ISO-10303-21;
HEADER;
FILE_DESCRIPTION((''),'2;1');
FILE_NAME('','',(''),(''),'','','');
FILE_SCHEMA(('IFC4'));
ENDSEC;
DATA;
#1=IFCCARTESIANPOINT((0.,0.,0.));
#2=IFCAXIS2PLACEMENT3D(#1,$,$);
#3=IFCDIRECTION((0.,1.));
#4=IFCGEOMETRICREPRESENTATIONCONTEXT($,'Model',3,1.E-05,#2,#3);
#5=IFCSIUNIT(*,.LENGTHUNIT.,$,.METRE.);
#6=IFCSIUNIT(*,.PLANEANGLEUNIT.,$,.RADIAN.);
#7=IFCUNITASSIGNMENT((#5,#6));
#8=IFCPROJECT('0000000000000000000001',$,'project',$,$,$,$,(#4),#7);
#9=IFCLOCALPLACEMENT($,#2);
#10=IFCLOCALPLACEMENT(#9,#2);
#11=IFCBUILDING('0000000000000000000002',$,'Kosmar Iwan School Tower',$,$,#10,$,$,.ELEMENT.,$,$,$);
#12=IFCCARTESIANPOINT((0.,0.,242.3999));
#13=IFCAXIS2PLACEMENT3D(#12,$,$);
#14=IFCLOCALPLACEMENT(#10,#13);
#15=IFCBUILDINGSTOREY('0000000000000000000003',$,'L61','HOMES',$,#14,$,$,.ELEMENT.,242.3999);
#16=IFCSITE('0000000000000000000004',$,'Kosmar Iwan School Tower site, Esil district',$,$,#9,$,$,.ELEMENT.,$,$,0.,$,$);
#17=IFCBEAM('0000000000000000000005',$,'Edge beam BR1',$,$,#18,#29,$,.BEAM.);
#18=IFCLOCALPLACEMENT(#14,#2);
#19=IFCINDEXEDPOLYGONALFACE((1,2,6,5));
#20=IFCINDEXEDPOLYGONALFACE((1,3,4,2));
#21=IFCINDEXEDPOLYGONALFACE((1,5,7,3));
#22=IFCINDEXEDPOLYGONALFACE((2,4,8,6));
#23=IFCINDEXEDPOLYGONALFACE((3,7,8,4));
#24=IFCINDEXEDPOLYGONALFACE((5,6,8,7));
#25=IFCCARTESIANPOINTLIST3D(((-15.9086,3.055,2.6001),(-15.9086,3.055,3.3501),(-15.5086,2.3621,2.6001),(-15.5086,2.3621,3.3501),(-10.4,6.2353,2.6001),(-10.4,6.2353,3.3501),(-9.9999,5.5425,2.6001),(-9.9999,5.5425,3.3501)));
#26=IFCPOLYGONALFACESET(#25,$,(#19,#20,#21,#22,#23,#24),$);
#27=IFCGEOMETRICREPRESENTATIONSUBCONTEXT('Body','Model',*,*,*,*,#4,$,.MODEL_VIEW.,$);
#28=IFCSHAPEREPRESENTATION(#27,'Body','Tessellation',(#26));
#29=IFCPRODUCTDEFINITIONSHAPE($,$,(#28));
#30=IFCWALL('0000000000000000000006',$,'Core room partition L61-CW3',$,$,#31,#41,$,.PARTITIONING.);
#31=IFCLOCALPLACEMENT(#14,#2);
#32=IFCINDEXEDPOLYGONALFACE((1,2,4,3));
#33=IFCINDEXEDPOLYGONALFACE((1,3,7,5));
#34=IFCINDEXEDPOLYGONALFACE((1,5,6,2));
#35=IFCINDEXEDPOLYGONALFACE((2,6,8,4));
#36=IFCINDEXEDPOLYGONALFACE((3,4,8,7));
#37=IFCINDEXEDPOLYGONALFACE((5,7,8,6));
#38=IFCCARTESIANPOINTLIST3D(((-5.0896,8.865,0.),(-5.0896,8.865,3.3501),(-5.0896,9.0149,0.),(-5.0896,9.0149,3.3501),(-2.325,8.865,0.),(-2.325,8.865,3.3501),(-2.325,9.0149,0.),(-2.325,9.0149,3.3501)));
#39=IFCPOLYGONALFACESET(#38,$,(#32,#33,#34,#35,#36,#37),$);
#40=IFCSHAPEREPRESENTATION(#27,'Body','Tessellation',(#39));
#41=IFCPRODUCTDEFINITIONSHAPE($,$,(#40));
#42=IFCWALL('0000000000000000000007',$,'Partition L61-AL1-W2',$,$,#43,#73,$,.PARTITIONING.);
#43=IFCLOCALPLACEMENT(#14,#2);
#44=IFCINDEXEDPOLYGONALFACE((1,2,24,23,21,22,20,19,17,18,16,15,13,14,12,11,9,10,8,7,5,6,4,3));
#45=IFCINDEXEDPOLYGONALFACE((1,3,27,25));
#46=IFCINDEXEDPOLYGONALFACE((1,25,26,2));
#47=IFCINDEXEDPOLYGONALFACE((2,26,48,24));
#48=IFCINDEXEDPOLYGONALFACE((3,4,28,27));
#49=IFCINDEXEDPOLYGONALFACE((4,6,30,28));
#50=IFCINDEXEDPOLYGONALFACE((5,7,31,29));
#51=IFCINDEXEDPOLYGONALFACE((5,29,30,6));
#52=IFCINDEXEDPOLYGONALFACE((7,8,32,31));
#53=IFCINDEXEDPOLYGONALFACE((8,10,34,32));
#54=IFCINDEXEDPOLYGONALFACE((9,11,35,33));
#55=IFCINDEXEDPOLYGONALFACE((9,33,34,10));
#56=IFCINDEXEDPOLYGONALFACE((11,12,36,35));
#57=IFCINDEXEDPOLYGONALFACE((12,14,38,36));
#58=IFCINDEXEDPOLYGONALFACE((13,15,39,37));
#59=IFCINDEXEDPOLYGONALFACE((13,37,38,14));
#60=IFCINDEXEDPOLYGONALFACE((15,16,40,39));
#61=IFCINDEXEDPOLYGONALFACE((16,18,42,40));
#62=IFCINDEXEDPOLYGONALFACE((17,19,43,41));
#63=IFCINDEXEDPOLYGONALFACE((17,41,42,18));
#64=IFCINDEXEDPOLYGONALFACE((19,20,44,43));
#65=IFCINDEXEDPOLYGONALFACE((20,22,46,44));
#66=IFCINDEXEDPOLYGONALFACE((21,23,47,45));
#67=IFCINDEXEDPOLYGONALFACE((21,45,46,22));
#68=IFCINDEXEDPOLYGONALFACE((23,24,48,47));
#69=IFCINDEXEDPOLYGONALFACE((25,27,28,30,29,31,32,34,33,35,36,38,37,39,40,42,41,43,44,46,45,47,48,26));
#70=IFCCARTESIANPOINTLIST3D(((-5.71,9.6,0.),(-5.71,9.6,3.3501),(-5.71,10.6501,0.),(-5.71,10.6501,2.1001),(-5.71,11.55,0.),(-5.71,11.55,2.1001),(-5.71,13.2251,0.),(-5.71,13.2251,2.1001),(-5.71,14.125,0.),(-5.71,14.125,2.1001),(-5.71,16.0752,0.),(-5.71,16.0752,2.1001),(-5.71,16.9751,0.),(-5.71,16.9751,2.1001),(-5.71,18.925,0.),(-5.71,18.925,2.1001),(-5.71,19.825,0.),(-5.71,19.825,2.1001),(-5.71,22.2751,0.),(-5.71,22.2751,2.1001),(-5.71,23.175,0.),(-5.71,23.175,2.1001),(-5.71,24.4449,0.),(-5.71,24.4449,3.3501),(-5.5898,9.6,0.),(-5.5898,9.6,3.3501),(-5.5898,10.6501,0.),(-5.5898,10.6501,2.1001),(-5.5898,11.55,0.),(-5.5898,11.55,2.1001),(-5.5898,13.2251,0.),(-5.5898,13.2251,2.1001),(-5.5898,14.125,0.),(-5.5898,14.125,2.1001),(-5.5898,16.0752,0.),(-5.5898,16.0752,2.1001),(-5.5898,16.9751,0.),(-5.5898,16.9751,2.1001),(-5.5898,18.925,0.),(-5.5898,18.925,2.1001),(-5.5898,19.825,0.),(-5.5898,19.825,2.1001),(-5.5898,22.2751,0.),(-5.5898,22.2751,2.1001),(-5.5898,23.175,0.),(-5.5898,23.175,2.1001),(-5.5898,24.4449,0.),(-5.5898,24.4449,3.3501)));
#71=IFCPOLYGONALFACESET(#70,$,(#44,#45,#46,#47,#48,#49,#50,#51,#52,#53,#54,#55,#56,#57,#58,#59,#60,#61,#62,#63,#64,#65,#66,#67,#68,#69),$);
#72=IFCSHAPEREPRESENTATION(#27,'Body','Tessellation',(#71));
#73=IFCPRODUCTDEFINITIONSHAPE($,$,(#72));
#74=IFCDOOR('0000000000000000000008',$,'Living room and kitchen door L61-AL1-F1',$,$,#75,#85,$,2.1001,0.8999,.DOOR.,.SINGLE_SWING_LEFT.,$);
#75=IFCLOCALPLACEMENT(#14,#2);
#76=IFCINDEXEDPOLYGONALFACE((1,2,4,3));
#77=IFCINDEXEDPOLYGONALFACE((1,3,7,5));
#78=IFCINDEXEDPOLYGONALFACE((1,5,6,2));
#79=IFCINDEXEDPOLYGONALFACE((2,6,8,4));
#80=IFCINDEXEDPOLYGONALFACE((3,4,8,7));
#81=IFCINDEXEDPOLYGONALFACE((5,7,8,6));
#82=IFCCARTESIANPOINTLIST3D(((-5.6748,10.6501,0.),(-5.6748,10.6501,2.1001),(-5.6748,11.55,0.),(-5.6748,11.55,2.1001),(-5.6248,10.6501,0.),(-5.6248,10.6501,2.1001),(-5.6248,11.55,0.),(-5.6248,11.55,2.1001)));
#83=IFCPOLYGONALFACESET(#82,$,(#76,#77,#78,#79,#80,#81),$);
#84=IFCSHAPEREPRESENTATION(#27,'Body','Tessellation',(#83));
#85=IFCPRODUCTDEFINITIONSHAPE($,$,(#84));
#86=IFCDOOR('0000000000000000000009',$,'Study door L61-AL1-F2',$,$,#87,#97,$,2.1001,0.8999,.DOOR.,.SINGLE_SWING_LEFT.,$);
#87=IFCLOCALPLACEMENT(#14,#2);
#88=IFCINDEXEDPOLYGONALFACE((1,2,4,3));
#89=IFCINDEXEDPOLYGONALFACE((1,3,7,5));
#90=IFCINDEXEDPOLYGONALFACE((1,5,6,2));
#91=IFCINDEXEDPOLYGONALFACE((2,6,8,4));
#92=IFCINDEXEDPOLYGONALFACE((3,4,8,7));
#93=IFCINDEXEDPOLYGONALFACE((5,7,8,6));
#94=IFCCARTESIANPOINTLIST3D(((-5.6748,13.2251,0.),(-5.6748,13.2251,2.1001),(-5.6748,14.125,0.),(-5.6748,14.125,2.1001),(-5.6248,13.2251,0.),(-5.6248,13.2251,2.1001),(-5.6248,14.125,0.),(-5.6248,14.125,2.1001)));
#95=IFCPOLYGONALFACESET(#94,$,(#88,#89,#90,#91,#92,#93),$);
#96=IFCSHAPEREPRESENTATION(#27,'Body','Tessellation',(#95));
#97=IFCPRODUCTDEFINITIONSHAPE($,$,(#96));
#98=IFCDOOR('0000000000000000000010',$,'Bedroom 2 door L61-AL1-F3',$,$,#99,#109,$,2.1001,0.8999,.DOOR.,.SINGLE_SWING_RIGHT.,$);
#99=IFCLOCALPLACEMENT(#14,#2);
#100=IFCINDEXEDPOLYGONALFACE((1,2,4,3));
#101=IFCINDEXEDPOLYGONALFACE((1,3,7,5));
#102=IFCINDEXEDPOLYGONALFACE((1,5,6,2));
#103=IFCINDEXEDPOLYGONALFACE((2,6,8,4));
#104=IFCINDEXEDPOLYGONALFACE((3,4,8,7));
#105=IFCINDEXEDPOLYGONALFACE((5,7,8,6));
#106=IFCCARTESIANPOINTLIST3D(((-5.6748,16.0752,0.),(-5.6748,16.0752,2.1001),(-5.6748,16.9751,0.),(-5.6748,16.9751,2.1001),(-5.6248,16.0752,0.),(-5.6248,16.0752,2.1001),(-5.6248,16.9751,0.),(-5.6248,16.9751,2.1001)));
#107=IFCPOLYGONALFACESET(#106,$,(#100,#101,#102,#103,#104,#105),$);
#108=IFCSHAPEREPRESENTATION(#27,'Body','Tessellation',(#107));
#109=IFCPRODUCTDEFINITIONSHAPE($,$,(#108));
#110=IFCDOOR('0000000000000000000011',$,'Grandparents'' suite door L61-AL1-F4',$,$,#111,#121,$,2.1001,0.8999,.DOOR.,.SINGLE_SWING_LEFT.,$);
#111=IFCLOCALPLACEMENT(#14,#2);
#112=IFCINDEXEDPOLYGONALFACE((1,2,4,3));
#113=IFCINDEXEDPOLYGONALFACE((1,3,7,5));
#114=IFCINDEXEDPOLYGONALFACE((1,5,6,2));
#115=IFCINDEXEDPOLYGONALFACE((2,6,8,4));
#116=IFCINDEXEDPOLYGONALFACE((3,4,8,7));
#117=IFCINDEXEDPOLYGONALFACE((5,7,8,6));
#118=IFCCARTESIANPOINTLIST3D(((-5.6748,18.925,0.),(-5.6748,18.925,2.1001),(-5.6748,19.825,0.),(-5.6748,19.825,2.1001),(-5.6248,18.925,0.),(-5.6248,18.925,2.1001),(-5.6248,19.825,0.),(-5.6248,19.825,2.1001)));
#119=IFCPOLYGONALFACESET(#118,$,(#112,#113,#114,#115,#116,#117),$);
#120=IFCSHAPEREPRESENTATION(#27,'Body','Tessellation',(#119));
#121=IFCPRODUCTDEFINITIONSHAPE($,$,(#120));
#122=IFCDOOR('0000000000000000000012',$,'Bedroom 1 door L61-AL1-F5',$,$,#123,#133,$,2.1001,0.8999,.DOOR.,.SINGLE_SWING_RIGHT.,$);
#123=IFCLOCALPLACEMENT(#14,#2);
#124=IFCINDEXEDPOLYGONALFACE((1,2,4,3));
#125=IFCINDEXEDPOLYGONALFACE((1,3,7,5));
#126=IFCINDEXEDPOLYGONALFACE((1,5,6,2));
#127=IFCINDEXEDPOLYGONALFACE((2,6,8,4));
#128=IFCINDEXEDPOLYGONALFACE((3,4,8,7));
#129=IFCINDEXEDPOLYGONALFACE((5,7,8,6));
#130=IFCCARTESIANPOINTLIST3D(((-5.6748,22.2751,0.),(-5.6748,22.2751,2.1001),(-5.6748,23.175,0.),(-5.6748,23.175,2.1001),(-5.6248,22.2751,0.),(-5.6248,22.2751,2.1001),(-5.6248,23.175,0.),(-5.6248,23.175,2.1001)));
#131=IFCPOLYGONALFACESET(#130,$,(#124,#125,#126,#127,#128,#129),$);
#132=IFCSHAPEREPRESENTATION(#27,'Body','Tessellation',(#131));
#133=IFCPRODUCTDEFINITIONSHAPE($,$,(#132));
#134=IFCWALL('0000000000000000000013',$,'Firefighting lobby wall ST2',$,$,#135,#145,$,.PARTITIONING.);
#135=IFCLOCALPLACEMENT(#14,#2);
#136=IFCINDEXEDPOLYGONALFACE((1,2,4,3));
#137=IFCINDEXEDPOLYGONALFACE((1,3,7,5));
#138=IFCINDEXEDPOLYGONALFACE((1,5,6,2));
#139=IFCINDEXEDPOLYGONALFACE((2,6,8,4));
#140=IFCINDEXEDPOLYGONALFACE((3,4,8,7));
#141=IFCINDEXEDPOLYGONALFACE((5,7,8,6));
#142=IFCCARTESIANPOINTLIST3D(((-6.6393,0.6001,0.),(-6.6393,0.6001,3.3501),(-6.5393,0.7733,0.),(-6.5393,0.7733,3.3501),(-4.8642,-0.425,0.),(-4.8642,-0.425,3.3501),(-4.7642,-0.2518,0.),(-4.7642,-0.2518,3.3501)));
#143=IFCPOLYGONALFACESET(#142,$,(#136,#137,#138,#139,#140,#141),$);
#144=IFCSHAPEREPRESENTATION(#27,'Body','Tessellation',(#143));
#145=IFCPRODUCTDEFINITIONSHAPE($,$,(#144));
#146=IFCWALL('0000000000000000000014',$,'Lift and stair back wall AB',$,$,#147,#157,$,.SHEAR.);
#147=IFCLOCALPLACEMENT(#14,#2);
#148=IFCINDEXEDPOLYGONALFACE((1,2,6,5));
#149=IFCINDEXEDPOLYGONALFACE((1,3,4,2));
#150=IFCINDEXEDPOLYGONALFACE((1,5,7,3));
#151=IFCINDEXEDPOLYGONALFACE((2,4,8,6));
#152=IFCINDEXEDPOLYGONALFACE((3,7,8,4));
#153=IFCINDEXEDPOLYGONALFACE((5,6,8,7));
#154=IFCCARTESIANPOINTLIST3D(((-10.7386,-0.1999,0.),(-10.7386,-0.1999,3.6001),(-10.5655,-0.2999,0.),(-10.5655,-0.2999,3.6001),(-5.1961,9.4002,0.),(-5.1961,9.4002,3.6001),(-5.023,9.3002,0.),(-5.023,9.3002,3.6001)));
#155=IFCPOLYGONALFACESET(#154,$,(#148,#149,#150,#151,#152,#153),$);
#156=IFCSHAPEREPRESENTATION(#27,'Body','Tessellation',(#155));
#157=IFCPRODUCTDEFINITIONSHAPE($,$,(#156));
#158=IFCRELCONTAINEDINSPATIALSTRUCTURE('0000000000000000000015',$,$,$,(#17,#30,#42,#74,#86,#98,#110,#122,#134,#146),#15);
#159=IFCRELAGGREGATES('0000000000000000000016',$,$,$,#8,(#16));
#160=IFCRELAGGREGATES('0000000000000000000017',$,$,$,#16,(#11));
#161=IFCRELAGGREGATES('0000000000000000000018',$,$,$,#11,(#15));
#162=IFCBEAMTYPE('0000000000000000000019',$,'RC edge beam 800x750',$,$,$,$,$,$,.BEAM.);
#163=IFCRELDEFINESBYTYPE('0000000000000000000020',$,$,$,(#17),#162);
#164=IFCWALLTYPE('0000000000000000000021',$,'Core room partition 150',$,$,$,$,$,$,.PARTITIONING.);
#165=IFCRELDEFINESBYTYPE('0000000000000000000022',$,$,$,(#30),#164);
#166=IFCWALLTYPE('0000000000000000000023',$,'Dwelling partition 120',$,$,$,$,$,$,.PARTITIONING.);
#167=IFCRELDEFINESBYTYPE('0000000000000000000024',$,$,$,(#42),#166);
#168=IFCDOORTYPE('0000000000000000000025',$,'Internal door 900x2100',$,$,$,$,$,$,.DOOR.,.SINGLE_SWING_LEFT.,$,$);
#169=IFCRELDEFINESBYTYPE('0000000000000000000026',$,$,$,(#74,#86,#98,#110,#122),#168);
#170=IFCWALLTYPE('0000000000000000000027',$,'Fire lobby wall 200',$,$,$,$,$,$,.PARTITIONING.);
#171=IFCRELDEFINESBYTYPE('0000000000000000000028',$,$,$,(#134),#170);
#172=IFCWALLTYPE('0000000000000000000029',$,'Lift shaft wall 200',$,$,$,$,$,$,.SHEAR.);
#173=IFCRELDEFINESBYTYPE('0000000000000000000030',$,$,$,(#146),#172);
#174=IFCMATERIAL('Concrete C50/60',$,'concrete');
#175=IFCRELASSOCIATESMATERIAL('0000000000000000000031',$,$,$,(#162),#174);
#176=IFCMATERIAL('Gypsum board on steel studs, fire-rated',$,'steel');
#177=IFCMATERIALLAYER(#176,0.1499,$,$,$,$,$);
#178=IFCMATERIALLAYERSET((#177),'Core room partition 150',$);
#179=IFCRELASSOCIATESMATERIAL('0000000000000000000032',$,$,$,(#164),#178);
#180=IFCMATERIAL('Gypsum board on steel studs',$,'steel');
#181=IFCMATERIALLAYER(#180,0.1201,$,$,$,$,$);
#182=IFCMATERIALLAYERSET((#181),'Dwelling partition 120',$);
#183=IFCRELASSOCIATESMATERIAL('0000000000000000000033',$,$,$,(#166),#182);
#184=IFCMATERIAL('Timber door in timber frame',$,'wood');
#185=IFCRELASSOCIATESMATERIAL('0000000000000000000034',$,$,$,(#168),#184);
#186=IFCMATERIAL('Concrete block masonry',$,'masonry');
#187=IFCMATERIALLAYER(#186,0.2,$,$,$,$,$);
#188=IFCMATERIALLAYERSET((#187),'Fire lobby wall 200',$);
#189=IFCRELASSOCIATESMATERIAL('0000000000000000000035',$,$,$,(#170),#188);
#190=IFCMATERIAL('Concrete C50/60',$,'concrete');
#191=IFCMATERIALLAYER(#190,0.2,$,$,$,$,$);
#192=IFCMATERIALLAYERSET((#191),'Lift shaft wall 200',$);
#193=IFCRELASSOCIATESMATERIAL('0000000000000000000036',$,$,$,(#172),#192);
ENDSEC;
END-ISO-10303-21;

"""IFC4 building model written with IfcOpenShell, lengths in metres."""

from ifc_helpers import new_model, si_unit, direction, frame, frame_2d, origin, origin_2d, place, context, subcontext, project, spatial, rectangle, extrude, material, layer, layer_set, material_profile, profile_set, type_object, element, fill, save


model = new_model("IFC4")

# Units and contexts
model_context = context("Model", 3, precision=1e-05, world=origin(), true_north=direction((0.0, 1.0)))
body_context = subcontext(model_context, "Body", "Model", "MODEL_VIEW")
ifc_project = project(units=[si_unit("LENGTHUNIT", "METRE"), si_unit("PLANEANGLEUNIT", "RADIAN")], contexts=[model_context])

# Site, building, storey
site_placement = place(None, origin())
site = spatial("IfcSite", under=ifc_project, at=site_placement, Name="Kosmar Iwan School Tower site, Esil district", CompositionType="ELEMENT", RefElevation=0.0)
building_placement = place(site_placement, origin())
building = spatial("IfcBuilding", under=site, at=building_placement, Name="Kosmar Iwan School Tower", CompositionType="ELEMENT")
storey_placement = place(building_placement, frame((0.0, 0.0, 242.3999)))
storey = spatial("IfcBuildingStorey", under=building, at=storey_placement, Name="L61", Description="HOMES", CompositionType="ELEMENT", Elevation=242.3999)

# Beam
ifc_material_1 = material(Name="Concrete C50/60", Category="concrete")
ifc_material_profile = material_profile(ifc_material_1, rectangle(XDim=0.8, YDim=0.75, at=origin_2d()), Name="RC 800x750")
ifc_profile_set = profile_set([ifc_material_profile], Name="Concrete C50/60")
beam_type = type_object("IfcBeamType", Name="RC edge beam 800x750", PredefinedType="BEAM", material=ifc_profile_set)
beam_placement = place(storey_placement, frame((-10.2, 5.8889, 2.9751), z_axis=(-0.866031, -0.49999, 0.0), x_axis=(0.49999, -0.866031, 0.0)))
element("IfcBeam", 1, at=beam_placement, inside=storey, type_object=beam_type, Name="Edge beam BR1", PredefinedType="BEAM", context=body_context, shape_type="SweptSolid", body=[
    extrude(rectangle(XDim=0.8, YDim=0.75, at=origin_2d()), origin(), (0.0, 0.0, 1.0), 6.3608),
])

# Wall
ifc_material_2 = material(Name="Gypsum board on steel studs, fire-rated", Category="steel")
ifc_layer_1 = layer(ifc_material_2, 0.1499)
ifc_layer_set_1 = layer_set([ifc_layer_1], Name="Core room partition 150")
wall_type_1 = type_object("IfcWallType", Name="Core room partition 150", PredefinedType="PARTITIONING", material=ifc_layer_set_1)
wall_1_placement = place(storey_placement, frame((-5.0896, 8.9399, 0.0), z_axis=(0.0, 0.0, 1.0), x_axis=(1.0, 0.0, 0.0)))
element("IfcWall", 2, at=wall_1_placement, inside=storey, type_object=wall_type_1, Name="Core room partition L61-CW3", PredefinedType="PARTITIONING", context=body_context, shape_type="SweptSolid", body=[
    extrude(rectangle(XDim=2.7646, YDim=0.1499, at=frame_2d((1.3823, 0.0))), origin(), (0.0, 0.0, 1.0), 3.3501),
])

# Wall, openings, doors
ifc_material_3 = material(Name="Gypsum board on steel studs", Category="steel")
ifc_layer_2 = layer(ifc_material_3, 0.1201)
ifc_layer_set_2 = layer_set([ifc_layer_2], Name="Dwelling partition 120")
wall_type_2 = type_object("IfcWallType", Name="Dwelling partition 120", PredefinedType="PARTITIONING", material=ifc_layer_set_2)
wall_2_placement = place(storey_placement, frame((-5.6499, 9.6001, 0.0), z_axis=(0.0, 0.0, 1.0), x_axis=(0.0, 1.0, 0.0)))
wall_2 = element("IfcWall", 3, at=wall_2_placement, inside=storey, type_object=wall_type_2, Name="Partition L61-AL1-W2", PredefinedType="PARTITIONING", context=body_context, shape_type="SweptSolid", body=[
    extrude(rectangle(XDim=14.845, YDim=0.1201, at=frame_2d((7.4224, 0.0))), origin(), (0.0, 0.0, 1.0), 3.3501),
])
opening_1_placement = place(wall_2_placement, frame((1.05, 0.0, 0.0)))
opening_1 = element("IfcOpeningElement", 4, at=opening_1_placement, cuts=wall_2, PredefinedType="OPENING", context=body_context, shape_type="SweptSolid", body=[
    extrude(rectangle(XDim=0.8999, YDim=2.1001, at=frame_2d((0.45, 1.05))), frame((0.0, 0.072, 0.0), z_axis=(0.0, -1.0, 0.0), x_axis=(1.0, 0.0, 0.0)), (0.0, 0.0, 1.0), 0.144),
])
opening_2_placement = place(wall_2_placement, frame((3.625, 0.0, 0.0)))
opening_2 = element("IfcOpeningElement", 5, at=opening_2_placement, cuts=wall_2, PredefinedType="OPENING", context=body_context, shape_type="SweptSolid", body=[
    extrude(rectangle(XDim=0.8999, YDim=2.1001, at=frame_2d((0.45, 1.05))), frame((0.0, 0.072, 0.0), z_axis=(0.0, -1.0, 0.0), x_axis=(1.0, 0.0, 0.0)), (0.0, 0.0, 1.0), 0.144),
])
opening_3_placement = place(wall_2_placement, frame((6.4751, 0.0, 0.0)))
opening_3 = element("IfcOpeningElement", 6, at=opening_3_placement, cuts=wall_2, PredefinedType="OPENING", context=body_context, shape_type="SweptSolid", body=[
    extrude(rectangle(XDim=0.8999, YDim=2.1001, at=frame_2d((0.45, 1.05))), frame((0.0, 0.072, 0.0), z_axis=(0.0, -1.0, 0.0), x_axis=(1.0, 0.0, 0.0)), (0.0, 0.0, 1.0), 0.144),
])
opening_4_placement = place(wall_2_placement, frame((9.325, 0.0, 0.0)))
opening_4 = element("IfcOpeningElement", 7, at=opening_4_placement, cuts=wall_2, PredefinedType="OPENING", context=body_context, shape_type="SweptSolid", body=[
    extrude(rectangle(XDim=0.8999, YDim=2.1001, at=frame_2d((0.45, 1.05))), frame((0.0, 0.072, 0.0), z_axis=(0.0, -1.0, 0.0), x_axis=(1.0, 0.0, 0.0)), (0.0, 0.0, 1.0), 0.144),
])
opening_5_placement = place(wall_2_placement, frame((12.675, 0.0, 0.0)))
opening_5 = element("IfcOpeningElement", 8, at=opening_5_placement, cuts=wall_2, PredefinedType="OPENING", context=body_context, shape_type="SweptSolid", body=[
    extrude(rectangle(XDim=0.8999, YDim=2.1001, at=frame_2d((0.45, 1.05))), frame((0.0, 0.072, 0.0), z_axis=(0.0, -1.0, 0.0), x_axis=(1.0, 0.0, 0.0)), (0.0, 0.0, 1.0), 0.144),
])
ifc_material_4 = material(Name="Timber door in timber frame", Category="wood")
door_type = type_object("IfcDoorType", Name="Internal door 900x2100", OperationType="SINGLE_SWING_LEFT", PredefinedType="DOOR", material=ifc_material_4)
door_1_placement = place(opening_1_placement, origin())
door_1 = element("IfcDoor", 9, at=door_1_placement, inside=storey, type_object=door_type, Name="Living room and kitchen door L61-AL1-F1", OperationType="SINGLE_SWING_LEFT", OverallHeight=2.1001, OverallWidth=0.8999, PredefinedType="DOOR", context=body_context, shape_type="SweptSolid", body=[
    extrude(rectangle(XDim=0.8999, YDim=2.1001, at=frame_2d((0.45, 1.05))), frame((0.0, 0.0249, 0.0), z_axis=(0.0, -1.0, 0.0), x_axis=(1.0, 0.0, 0.0)), (0.0, 0.0, 1.0), 0.05),
])
fill(opening_1, door_1)
door_2_placement = place(opening_2_placement, origin())
door_2 = element("IfcDoor", 10, at=door_2_placement, inside=storey, type_object=door_type, Name="Study door L61-AL1-F2", OperationType="SINGLE_SWING_LEFT", OverallHeight=2.1001, OverallWidth=0.8999, PredefinedType="DOOR", context=body_context, shape_type="SweptSolid", body=[
    extrude(rectangle(XDim=0.8999, YDim=2.1001, at=frame_2d((0.45, 1.05))), frame((0.0, 0.0249, 0.0), z_axis=(0.0, -1.0, 0.0), x_axis=(1.0, 0.0, 0.0)), (0.0, 0.0, 1.0), 0.05),
])
fill(opening_2, door_2)
door_3_placement = place(opening_3_placement, origin())
door_3 = element("IfcDoor", 11, at=door_3_placement, inside=storey, type_object=door_type, Name="Bedroom 2 door L61-AL1-F3", OperationType="SINGLE_SWING_RIGHT", OverallHeight=2.1001, OverallWidth=0.8999, PredefinedType="DOOR", context=body_context, shape_type="SweptSolid", body=[
    extrude(rectangle(XDim=0.8999, YDim=2.1001, at=frame_2d((0.45, 1.05))), frame((0.0, 0.0249, 0.0), z_axis=(0.0, -1.0, 0.0), x_axis=(1.0, 0.0, 0.0)), (0.0, 0.0, 1.0), 0.05),
])
fill(opening_3, door_3)
door_4_placement = place(opening_4_placement, origin())
door_4 = element("IfcDoor", 12, at=door_4_placement, inside=storey, type_object=door_type, Name="Grandparents' suite door L61-AL1-F4", OperationType="SINGLE_SWING_LEFT", OverallHeight=2.1001, OverallWidth=0.8999, PredefinedType="DOOR", context=body_context, shape_type="SweptSolid", body=[
    extrude(rectangle(XDim=0.8999, YDim=2.1001, at=frame_2d((0.45, 1.05))), frame((0.0, 0.0249, 0.0), z_axis=(0.0, -1.0, 0.0), x_axis=(1.0, 0.0, 0.0)), (0.0, 0.0, 1.0), 0.05),
])
fill(opening_4, door_4)
door_5_placement = place(opening_5_placement, origin())
door_5 = element("IfcDoor", 13, at=door_5_placement, inside=storey, type_object=door_type, Name="Bedroom 1 door L61-AL1-F5", OperationType="SINGLE_SWING_RIGHT", OverallHeight=2.1001, OverallWidth=0.8999, PredefinedType="DOOR", context=body_context, shape_type="SweptSolid", body=[
    extrude(rectangle(XDim=0.8999, YDim=2.1001, at=frame_2d((0.45, 1.05))), frame((0.0, 0.0249, 0.0), z_axis=(0.0, -1.0, 0.0), x_axis=(1.0, 0.0, 0.0)), (0.0, 0.0, 1.0), 0.05),
])
fill(opening_5, door_5)

# Walls
ifc_material_5 = material(Name="Concrete block masonry", Category="masonry")
ifc_layer_3 = layer(ifc_material_5, 0.2)
ifc_layer_set_3 = layer_set([ifc_layer_3], Name="Fire lobby wall 200")
wall_type_3 = type_object("IfcWallType", Name="Fire lobby wall 200", PredefinedType="PARTITIONING", material=ifc_layer_set_3)
wall_3_placement = place(storey_placement, frame((-4.8142, -0.3384, 0.0), z_axis=(0.0, 0.0, 1.0), x_axis=(-0.865969, 0.500097, 0.0)))
element("IfcWall", 14, at=wall_3_placement, inside=storey, type_object=wall_type_3, Name="Firefighting lobby wall ST2", PredefinedType="PARTITIONING", context=body_context, shape_type="SweptSolid", body=[
    extrude(rectangle(XDim=2.0498, YDim=0.2, at=frame_2d((1.0249, 0.0))), origin(), (0.0, 0.0, 1.0), 3.3501),
])
ifc_material_6 = material(Name="Concrete C50/60", Category="concrete")
ifc_layer_4 = layer(ifc_material_6, 0.2)
ifc_layer_set_4 = layer_set([ifc_layer_4], Name="Lift shaft wall 200")
wall_type_4 = type_object("IfcWallType", Name="Lift shaft wall 200", PredefinedType="SHEAR", material=ifc_layer_set_4)
wall_4_placement = place(storey_placement, frame((-5.1096, 9.3501, 0.0), z_axis=(0.0, 0.0, 1.0), x_axis=(-0.499991, -0.866031, 0.0)))
element("IfcWall", 15, at=wall_4_placement, inside=storey, type_object=wall_type_4, Name="Lift and stair back wall AB", PredefinedType="SHEAR", context=body_context, shape_type="SweptSolid", body=[
    extrude(rectangle(XDim=11.0852, YDim=0.2, at=frame_2d((5.5425, 0.0))), origin(), (0.0, 0.0, 1.0), 3.6001),
])

save(model, "model.ifc")
